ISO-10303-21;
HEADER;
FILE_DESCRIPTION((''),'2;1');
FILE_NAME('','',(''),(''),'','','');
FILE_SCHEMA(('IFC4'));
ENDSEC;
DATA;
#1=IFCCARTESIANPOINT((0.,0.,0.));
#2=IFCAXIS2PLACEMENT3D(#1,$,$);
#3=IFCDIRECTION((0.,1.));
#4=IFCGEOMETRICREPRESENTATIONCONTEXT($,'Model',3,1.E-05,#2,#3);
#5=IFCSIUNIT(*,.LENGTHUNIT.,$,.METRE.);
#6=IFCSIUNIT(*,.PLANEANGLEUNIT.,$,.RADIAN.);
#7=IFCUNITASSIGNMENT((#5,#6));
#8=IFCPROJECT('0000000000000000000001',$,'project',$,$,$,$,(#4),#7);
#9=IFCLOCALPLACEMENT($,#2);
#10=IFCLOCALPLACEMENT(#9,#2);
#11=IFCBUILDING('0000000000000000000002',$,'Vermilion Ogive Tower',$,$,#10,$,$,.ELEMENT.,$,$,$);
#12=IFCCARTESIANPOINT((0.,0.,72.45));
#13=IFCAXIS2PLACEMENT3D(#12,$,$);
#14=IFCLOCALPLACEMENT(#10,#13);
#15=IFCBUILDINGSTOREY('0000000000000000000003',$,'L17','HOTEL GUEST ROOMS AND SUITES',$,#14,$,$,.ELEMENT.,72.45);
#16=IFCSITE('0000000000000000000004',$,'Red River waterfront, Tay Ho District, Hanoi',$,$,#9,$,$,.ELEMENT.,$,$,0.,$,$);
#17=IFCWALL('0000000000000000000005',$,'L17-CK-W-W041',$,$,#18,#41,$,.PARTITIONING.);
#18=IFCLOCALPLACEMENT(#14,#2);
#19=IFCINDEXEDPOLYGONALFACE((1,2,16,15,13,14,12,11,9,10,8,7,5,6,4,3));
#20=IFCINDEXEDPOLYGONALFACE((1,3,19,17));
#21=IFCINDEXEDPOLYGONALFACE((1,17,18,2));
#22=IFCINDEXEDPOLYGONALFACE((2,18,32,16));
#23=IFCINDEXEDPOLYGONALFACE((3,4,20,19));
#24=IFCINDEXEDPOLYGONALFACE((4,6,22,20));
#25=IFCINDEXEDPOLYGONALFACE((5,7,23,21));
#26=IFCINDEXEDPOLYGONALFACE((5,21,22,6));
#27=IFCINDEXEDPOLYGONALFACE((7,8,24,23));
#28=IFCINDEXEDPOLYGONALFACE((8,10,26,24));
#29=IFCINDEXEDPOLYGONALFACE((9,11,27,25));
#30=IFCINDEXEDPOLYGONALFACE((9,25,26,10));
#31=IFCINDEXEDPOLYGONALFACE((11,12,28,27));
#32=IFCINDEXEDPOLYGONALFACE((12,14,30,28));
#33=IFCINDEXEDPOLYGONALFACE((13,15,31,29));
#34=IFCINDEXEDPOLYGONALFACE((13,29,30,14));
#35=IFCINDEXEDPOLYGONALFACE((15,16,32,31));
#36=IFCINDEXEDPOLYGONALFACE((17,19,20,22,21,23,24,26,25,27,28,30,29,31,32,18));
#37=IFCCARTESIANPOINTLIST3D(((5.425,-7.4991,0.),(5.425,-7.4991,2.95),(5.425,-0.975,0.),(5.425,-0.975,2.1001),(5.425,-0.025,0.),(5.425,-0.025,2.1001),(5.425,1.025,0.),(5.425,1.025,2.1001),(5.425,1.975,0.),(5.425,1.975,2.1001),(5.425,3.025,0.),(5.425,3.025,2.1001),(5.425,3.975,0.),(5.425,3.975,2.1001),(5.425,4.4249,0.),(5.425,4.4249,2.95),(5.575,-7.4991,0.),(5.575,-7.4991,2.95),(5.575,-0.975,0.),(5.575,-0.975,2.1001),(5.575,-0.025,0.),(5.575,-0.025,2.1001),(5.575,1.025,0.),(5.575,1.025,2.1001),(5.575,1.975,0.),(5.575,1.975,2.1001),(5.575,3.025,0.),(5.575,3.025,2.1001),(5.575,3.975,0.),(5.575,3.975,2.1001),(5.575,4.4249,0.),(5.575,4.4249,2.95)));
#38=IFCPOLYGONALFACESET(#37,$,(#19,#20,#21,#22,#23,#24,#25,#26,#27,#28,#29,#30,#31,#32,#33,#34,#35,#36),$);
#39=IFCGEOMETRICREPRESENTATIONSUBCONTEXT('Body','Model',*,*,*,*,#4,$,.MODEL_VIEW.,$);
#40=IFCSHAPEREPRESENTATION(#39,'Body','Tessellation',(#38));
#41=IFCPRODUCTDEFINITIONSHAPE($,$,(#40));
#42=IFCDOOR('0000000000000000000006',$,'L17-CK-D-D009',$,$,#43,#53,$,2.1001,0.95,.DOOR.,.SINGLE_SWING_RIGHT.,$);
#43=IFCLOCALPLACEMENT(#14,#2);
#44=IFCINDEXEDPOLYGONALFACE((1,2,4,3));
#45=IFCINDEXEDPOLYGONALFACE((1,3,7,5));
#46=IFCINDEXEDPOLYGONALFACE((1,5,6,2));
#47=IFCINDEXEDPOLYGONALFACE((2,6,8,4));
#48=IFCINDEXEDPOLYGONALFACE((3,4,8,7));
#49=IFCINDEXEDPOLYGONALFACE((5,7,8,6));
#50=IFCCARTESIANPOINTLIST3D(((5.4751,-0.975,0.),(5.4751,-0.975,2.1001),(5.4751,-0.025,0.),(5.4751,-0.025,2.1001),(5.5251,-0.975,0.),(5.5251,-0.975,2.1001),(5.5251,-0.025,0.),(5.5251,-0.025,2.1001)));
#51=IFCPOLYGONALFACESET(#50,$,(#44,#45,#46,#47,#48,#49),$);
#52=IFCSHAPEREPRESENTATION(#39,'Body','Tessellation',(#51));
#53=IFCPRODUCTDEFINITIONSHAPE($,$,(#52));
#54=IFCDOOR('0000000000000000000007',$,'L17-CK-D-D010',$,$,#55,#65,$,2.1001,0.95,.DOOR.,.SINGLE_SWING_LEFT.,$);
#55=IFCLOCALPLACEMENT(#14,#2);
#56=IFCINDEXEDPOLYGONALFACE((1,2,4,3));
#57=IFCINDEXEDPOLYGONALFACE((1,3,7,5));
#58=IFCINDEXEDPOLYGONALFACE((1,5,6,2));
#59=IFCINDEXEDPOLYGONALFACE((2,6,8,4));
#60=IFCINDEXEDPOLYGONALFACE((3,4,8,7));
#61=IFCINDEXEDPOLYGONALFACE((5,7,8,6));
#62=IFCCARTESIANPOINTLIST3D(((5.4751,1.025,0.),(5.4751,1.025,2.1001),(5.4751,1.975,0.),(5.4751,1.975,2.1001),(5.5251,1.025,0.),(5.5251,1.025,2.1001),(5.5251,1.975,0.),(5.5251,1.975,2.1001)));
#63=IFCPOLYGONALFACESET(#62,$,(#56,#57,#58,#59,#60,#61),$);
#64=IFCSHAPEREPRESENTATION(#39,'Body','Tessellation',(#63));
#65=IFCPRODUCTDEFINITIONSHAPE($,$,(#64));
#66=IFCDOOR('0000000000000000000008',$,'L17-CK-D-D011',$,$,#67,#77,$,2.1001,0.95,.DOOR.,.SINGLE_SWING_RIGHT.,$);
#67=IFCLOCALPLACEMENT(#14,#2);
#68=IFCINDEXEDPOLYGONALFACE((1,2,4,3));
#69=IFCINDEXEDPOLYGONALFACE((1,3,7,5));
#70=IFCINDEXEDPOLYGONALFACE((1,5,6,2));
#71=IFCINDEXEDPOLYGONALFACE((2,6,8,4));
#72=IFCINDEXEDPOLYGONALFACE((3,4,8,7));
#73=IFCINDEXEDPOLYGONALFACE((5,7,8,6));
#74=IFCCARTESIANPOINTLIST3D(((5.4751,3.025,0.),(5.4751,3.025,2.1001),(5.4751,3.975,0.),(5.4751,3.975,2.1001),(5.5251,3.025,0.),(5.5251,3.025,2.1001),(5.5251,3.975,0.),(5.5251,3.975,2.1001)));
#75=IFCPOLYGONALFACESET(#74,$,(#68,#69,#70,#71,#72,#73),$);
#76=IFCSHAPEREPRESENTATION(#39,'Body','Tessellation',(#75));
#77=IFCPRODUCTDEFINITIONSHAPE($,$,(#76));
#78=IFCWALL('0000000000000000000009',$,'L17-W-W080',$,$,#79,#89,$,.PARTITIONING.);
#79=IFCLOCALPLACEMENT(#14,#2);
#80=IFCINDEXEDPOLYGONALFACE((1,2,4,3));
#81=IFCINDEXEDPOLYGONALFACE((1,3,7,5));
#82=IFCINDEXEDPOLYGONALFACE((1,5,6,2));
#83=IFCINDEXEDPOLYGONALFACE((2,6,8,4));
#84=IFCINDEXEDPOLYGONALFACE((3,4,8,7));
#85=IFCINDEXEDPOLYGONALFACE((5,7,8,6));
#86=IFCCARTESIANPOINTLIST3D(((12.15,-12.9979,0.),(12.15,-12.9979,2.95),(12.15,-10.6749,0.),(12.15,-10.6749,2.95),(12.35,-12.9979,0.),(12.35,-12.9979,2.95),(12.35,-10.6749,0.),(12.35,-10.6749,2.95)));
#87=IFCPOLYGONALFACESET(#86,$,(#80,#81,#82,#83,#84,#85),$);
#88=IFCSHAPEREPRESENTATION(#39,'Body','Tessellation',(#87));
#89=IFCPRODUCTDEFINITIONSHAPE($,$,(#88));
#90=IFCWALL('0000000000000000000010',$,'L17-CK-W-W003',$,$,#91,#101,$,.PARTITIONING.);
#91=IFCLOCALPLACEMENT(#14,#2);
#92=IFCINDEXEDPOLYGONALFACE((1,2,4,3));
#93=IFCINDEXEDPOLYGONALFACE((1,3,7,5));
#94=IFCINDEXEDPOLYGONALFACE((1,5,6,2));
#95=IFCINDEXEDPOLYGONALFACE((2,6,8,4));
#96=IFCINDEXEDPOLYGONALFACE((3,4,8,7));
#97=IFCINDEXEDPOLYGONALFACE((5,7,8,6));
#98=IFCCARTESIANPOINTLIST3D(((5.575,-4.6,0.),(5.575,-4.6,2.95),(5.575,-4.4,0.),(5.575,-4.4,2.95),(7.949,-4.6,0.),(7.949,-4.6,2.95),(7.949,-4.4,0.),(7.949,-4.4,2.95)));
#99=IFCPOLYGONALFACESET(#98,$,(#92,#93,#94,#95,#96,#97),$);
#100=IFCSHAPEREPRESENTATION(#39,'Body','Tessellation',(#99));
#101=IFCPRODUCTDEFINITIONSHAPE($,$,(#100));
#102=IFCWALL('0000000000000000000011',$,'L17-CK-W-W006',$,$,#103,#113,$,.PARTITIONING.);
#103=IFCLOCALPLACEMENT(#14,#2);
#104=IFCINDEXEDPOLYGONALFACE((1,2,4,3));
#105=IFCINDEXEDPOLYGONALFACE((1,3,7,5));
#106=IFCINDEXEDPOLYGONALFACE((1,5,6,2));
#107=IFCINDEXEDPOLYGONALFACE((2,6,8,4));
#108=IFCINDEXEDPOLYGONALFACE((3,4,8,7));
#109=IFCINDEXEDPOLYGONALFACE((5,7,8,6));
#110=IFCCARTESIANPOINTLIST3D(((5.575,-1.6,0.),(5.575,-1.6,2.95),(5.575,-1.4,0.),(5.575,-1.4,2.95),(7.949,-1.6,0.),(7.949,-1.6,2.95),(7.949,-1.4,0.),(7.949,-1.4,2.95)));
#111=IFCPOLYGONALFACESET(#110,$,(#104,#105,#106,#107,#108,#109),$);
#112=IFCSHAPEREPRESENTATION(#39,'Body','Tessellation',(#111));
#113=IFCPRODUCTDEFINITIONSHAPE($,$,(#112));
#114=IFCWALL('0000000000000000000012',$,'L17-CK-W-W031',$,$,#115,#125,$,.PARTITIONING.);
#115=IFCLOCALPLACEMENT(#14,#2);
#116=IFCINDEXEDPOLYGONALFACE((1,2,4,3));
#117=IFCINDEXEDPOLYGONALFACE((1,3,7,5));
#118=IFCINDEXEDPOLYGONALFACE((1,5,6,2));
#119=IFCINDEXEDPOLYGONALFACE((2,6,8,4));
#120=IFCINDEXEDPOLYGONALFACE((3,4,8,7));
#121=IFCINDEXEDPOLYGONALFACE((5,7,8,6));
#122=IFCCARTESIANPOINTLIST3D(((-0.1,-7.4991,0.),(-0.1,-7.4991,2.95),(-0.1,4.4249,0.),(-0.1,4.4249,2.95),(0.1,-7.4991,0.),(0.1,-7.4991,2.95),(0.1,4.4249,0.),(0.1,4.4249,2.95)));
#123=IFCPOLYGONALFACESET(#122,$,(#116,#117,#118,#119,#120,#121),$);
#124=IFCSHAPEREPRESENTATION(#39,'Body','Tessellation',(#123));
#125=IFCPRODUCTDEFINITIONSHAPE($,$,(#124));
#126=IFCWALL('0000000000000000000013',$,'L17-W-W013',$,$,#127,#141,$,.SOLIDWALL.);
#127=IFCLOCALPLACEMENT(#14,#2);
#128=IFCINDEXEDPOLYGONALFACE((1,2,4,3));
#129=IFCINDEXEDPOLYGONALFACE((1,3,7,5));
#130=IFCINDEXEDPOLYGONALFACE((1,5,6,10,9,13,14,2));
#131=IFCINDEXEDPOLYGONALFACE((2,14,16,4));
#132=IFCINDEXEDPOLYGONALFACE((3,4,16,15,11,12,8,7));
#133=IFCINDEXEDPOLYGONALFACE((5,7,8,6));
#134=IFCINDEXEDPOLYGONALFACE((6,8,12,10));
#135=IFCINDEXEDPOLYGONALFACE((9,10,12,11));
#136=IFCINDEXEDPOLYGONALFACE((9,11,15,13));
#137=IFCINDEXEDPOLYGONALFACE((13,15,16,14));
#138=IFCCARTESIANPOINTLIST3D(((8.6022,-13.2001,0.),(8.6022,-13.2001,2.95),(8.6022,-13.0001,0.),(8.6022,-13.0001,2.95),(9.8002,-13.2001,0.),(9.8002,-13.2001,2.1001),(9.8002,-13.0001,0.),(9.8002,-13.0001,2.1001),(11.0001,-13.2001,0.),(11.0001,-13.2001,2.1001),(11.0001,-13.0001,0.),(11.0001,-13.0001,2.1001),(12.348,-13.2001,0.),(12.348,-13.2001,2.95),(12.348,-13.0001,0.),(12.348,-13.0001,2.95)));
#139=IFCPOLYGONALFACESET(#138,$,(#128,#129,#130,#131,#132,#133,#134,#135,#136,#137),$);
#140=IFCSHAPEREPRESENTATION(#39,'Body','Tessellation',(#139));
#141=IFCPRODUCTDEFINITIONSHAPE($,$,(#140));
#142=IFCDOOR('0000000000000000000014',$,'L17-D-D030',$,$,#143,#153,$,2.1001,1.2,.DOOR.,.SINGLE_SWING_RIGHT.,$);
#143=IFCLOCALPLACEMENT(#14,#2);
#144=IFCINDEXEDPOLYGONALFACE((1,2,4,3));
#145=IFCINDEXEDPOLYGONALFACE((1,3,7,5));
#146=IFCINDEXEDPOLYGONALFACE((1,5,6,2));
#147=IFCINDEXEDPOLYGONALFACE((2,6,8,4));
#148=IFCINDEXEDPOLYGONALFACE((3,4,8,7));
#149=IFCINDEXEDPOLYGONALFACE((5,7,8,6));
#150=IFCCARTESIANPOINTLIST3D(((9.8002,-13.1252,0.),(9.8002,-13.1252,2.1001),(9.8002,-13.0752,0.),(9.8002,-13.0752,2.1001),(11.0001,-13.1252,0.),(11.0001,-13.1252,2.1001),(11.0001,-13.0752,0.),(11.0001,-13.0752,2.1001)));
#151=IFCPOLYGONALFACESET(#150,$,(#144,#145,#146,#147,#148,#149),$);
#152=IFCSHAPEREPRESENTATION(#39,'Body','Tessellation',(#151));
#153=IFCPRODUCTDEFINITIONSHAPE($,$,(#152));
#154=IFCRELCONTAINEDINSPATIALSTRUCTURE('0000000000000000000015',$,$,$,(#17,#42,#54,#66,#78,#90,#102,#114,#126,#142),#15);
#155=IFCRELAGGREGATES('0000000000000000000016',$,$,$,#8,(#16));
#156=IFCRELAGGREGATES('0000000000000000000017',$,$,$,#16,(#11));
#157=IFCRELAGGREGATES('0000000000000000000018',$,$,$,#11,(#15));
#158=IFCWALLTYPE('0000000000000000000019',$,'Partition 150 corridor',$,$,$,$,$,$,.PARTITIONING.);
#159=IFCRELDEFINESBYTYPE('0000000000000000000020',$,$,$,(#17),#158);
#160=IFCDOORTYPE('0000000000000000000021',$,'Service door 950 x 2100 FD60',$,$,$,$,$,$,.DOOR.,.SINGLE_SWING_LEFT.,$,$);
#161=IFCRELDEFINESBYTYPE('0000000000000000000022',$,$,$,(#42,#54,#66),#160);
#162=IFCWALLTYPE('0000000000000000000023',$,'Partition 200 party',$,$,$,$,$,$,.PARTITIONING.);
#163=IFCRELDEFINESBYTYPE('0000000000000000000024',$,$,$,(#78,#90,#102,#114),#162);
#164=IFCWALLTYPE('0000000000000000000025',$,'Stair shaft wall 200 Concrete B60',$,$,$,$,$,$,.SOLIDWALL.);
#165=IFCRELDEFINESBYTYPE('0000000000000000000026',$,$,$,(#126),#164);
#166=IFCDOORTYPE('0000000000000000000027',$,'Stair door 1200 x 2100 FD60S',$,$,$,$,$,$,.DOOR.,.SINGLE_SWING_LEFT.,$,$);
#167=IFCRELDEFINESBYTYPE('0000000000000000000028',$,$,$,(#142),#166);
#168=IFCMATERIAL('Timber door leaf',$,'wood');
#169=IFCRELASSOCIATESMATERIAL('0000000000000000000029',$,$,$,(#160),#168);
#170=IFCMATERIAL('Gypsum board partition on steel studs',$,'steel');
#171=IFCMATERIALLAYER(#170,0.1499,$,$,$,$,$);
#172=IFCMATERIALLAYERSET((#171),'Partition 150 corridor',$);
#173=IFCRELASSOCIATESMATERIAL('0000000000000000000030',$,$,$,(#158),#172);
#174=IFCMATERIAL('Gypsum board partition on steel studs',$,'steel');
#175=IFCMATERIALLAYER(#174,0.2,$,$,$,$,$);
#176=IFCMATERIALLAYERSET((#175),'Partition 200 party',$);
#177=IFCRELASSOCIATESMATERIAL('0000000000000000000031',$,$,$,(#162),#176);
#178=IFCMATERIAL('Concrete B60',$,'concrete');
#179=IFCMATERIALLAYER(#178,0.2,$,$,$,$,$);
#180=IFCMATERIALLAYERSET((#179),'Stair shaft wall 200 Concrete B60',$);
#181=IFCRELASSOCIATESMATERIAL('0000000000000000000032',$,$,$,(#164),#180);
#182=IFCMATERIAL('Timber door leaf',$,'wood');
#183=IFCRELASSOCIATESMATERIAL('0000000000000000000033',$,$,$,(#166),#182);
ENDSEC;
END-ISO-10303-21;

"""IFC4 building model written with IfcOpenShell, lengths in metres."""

from ifc_helpers import new_model, si_unit, direction, frame, frame_2d, origin, place, context, subcontext, project, spatial, rectangle, extrude, material, layer, layer_set, type_object, element, fill, save


model = new_model("IFC4")

# Units and contexts
model_context = context("Model", 3, precision=1e-05, world=origin(), true_north=direction((0.0, 1.0)))
body_context = subcontext(model_context, "Body", "Model", "MODEL_VIEW")
ifc_project = project(units=[si_unit("LENGTHUNIT", "METRE"), si_unit("PLANEANGLEUNIT", "RADIAN")], contexts=[model_context])

# Site, building, storey
site_placement = place(None, origin())
site = spatial("IfcSite", under=ifc_project, at=site_placement, Name="Red River waterfront, Tay Ho District, Hanoi", CompositionType="ELEMENT", RefElevation=0.0)
building_placement = place(site_placement, origin())
building = spatial("IfcBuilding", under=site, at=building_placement, Name="Vermilion Ogive Tower", CompositionType="ELEMENT")
storey_placement = place(building_placement, frame((0.0, 0.0, 72.45)))
storey = spatial("IfcBuildingStorey", under=building, at=storey_placement, Name="L17", Description="HOTEL GUEST ROOMS AND SUITES", CompositionType="ELEMENT", Elevation=72.45)

# Shared definitions
ifc_material_1 = material(Name="Timber door leaf", Category="wood")
door_type_1 = type_object("IfcDoorType", Name="Service door 950 x 2100 FD60", OperationType="SINGLE_SWING_LEFT", PredefinedType="DOOR", material=ifc_material_1)

# Shared definitions
ifc_material_2 = material(Name="Gypsum board partition on steel studs", Category="steel")
ifc_layer_1 = layer(ifc_material_2, 0.1499)
ifc_layer_set_1 = layer_set([ifc_layer_1], Name="Partition 150 corridor")
wall_type_1 = type_object("IfcWallType", Name="Partition 150 corridor", PredefinedType="PARTITIONING", material=ifc_layer_set_1)

# Wall, openings, doors
wall_1_placement = place(storey_placement, frame((5.5, -7.499, 0.0), z_axis=(0.0, 0.0, 1.0), x_axis=(0.0, 1.0, 0.0)))
wall_1 = element("IfcWall", 1, at=wall_1_placement, inside=storey, type_object=wall_type_1, Name="L17-CK-W-W041", PredefinedType="PARTITIONING", context=body_context, shape_type="SweptSolid", body=[
    extrude(rectangle(XDim=11.9241, YDim=0.1499, at=frame_2d((5.9619, 0.0))), origin(), (0.0, 0.0, 1.0), 2.95),
])
opening_1_placement = place(wall_1_placement, frame((6.5239, 0.0, 0.0)))
opening_1 = element("IfcOpeningElement", 2, at=opening_1_placement, cuts=wall_1, PredefinedType="OPENING", context=body_context, shape_type="SweptSolid", body=[
    extrude(rectangle(XDim=0.95, YDim=2.1001, at=frame_2d((0.4751, 1.05))), frame((0.0, 0.085, 0.0), z_axis=(0.0, -1.0, 0.0), x_axis=(1.0, 0.0, 0.0)), (0.0, 0.0, 1.0), 0.1699),
])
opening_2_placement = place(wall_1_placement, frame((8.5239, 0.0, 0.0)))
opening_2 = element("IfcOpeningElement", 3, at=opening_2_placement, cuts=wall_1, PredefinedType="OPENING", context=body_context, shape_type="SweptSolid", body=[
    extrude(rectangle(XDim=0.95, YDim=2.1001, at=frame_2d((0.4751, 1.05))), frame((0.0, 0.085, 0.0), z_axis=(0.0, -1.0, 0.0), x_axis=(1.0, 0.0, 0.0)), (0.0, 0.0, 1.0), 0.1699),
])
opening_3_placement = place(wall_1_placement, frame((10.5239, 0.0, 0.0)))
opening_3 = element("IfcOpeningElement", 4, at=opening_3_placement, cuts=wall_1, PredefinedType="OPENING", context=body_context, shape_type="SweptSolid", body=[
    extrude(rectangle(XDim=0.95, YDim=2.1001, at=frame_2d((0.4751, 1.05))), frame((0.0, 0.085, 0.0), z_axis=(0.0, -1.0, 0.0), x_axis=(1.0, 0.0, 0.0)), (0.0, 0.0, 1.0), 0.1699),
])
door_1_placement = place(opening_1_placement, origin())
door_1 = element("IfcDoor", 5, at=door_1_placement, inside=storey, type_object=door_type_1, Name="L17-CK-D-D009", OperationType="SINGLE_SWING_RIGHT", OverallHeight=2.1001, OverallWidth=0.95, PredefinedType="DOOR", context=body_context, shape_type="SweptSolid", body=[
    extrude(rectangle(XDim=0.95, YDim=2.1001, at=frame_2d((0.4751, 1.05))), frame((0.0, 0.0249, 0.0), z_axis=(0.0, -1.0, 0.0), x_axis=(1.0, 0.0, 0.0)), (0.0, 0.0, 1.0), 0.05),
])
fill(opening_1, door_1)
door_2_placement = place(opening_2_placement, origin())
door_2 = element("IfcDoor", 6, at=door_2_placement, inside=storey, type_object=door_type_1, Name="L17-CK-D-D010", OperationType="SINGLE_SWING_LEFT", OverallHeight=2.1001, OverallWidth=0.95, PredefinedType="DOOR", context=body_context, shape_type="SweptSolid", body=[
    extrude(rectangle(XDim=0.95, YDim=2.1001, at=frame_2d((0.4751, 1.05))), frame((0.0, 0.0249, 0.0), z_axis=(0.0, -1.0, 0.0), x_axis=(1.0, 0.0, 0.0)), (0.0, 0.0, 1.0), 0.05),
])
fill(opening_2, door_2)
door_3_placement = place(opening_3_placement, origin())
door_3 = element("IfcDoor", 7, at=door_3_placement, inside=storey, type_object=door_type_1, Name="L17-CK-D-D011", OperationType="SINGLE_SWING_RIGHT", OverallHeight=2.1001, OverallWidth=0.95, PredefinedType="DOOR", context=body_context, shape_type="SweptSolid", body=[
    extrude(rectangle(XDim=0.95, YDim=2.1001, at=frame_2d((0.4751, 1.05))), frame((0.0, 0.0249, 0.0), z_axis=(0.0, -1.0, 0.0), x_axis=(1.0, 0.0, 0.0)), (0.0, 0.0, 1.0), 0.05),
])
fill(opening_3, door_3)

# Walls
ifc_material_3 = material(Name="Gypsum board partition on steel studs", Category="steel")
ifc_layer_2 = layer(ifc_material_3, 0.2)
ifc_layer_set_2 = layer_set([ifc_layer_2], Name="Partition 200 party")
wall_type_2 = type_object("IfcWallType", Name="Partition 200 party", PredefinedType="PARTITIONING", material=ifc_layer_set_2)
wall_2_placement = place(storey_placement, frame((12.25, -12.998, 0.0), z_axis=(0.0, 0.0, 1.0), x_axis=(0.0, 1.0, 0.0)))
element("IfcWall", 8, at=wall_2_placement, inside=storey, type_object=wall_type_2, Name="L17-W-W080", PredefinedType="PARTITIONING", context=body_context, shape_type="SweptSolid", body=[
    extrude(rectangle(XDim=2.323, YDim=0.2, at=frame_2d((1.1616, 0.0))), origin(), (0.0, 0.0, 1.0), 2.95),
])
for number, where, z_axis, x_axis, name in (
    (9, (5.575, -4.5, 0.0), (0.0, 0.0, 1.0), (1.0, 0.0, 0.0), "L17-CK-W-W003"),
    (10, (5.575, -1.5, 0.0), (0.0, 0.0, 1.0), (1.0, 0.0, 0.0), "L17-CK-W-W006"),
):
    element("IfcWall", number, at=place(storey_placement, frame(where, z_axis=z_axis, x_axis=x_axis)), inside=storey, type_object=wall_type_2, Name=name, PredefinedType="PARTITIONING", context=body_context, shape_type="SweptSolid", body=[
        extrude(rectangle(XDim=2.374, YDim=0.2, at=frame_2d((1.187, 0.0))), origin(), (0.0, 0.0, 1.0), 2.95),
    ])
wall_3_placement = place(storey_placement, frame((0.0, -7.499, 0.0), z_axis=(0.0, 0.0, 1.0), x_axis=(0.0, 1.0, 0.0)))
element("IfcWall", 11, at=wall_3_placement, inside=storey, type_object=wall_type_2, Name="L17-CK-W-W031", PredefinedType="PARTITIONING", context=body_context, shape_type="SweptSolid", body=[
    extrude(rectangle(XDim=11.9241, YDim=0.2, at=frame_2d((5.9619, 0.0))), origin(), (0.0, 0.0, 1.0), 2.95),
])

# Wall, opening, door
ifc_material_4 = material(Name="Concrete B60", Category="concrete")
ifc_layer_3 = layer(ifc_material_4, 0.2)
ifc_layer_set_3 = layer_set([ifc_layer_3], Name="Stair shaft wall 200 Concrete B60")
wall_type_3 = type_object("IfcWallType", Name="Stair shaft wall 200 Concrete B60", PredefinedType="SOLIDWALL", material=ifc_layer_set_3)
wall_4_placement = place(storey_placement, frame((8.6021, -13.1001, 0.0), z_axis=(0.0, 0.0, 1.0), x_axis=(1.0, 0.0, 0.0)))
wall_4 = element("IfcWall", 12, at=wall_4_placement, inside=storey, type_object=wall_type_3, Name="L17-W-W013", PredefinedType="SOLIDWALL", context=body_context, shape_type="SweptSolid", body=[
    extrude(rectangle(XDim=3.7458, YDim=0.2, at=frame_2d((1.873, 0.0))), origin(), (0.0, 0.0, 1.0), 2.95),
])
opening_4_placement = place(wall_4_placement, frame((1.198, 0.0, 0.0)))
opening_4 = element("IfcOpeningElement", 13, at=opening_4_placement, cuts=wall_4, PredefinedType="OPENING", context=body_context, shape_type="SweptSolid", body=[
    extrude(rectangle(XDim=1.2, YDim=2.1001, at=frame_2d((0.6001, 1.05))), frame((0.0, 0.1099, 0.0), z_axis=(0.0, -1.0, 0.0), x_axis=(1.0, 0.0, 0.0)), (0.0, 0.0, 1.0), 0.22),
])
ifc_material_5 = material(Name="Timber door leaf", Category="wood")
door_type_2 = type_object("IfcDoorType", Name="Stair door 1200 x 2100 FD60S", OperationType="SINGLE_SWING_LEFT", PredefinedType="DOOR", material=ifc_material_5)
door_4_placement = place(opening_4_placement, origin())
door_4 = element("IfcDoor", 14, at=door_4_placement, inside=storey, type_object=door_type_2, Name="L17-D-D030", OperationType="SINGLE_SWING_RIGHT", OverallHeight=2.1001, OverallWidth=1.2, PredefinedType="DOOR", context=body_context, shape_type="SweptSolid", body=[
    extrude(rectangle(XDim=1.2, YDim=2.1001, at=frame_2d((0.6001, 1.05))), frame((0.0, 0.0249, 0.0), z_axis=(0.0, -1.0, 0.0), x_axis=(1.0, 0.0, 0.0)), (0.0, 0.0, 1.0), 0.05),
])
fill(opening_4, door_4)

save(model, "model.ifc")
